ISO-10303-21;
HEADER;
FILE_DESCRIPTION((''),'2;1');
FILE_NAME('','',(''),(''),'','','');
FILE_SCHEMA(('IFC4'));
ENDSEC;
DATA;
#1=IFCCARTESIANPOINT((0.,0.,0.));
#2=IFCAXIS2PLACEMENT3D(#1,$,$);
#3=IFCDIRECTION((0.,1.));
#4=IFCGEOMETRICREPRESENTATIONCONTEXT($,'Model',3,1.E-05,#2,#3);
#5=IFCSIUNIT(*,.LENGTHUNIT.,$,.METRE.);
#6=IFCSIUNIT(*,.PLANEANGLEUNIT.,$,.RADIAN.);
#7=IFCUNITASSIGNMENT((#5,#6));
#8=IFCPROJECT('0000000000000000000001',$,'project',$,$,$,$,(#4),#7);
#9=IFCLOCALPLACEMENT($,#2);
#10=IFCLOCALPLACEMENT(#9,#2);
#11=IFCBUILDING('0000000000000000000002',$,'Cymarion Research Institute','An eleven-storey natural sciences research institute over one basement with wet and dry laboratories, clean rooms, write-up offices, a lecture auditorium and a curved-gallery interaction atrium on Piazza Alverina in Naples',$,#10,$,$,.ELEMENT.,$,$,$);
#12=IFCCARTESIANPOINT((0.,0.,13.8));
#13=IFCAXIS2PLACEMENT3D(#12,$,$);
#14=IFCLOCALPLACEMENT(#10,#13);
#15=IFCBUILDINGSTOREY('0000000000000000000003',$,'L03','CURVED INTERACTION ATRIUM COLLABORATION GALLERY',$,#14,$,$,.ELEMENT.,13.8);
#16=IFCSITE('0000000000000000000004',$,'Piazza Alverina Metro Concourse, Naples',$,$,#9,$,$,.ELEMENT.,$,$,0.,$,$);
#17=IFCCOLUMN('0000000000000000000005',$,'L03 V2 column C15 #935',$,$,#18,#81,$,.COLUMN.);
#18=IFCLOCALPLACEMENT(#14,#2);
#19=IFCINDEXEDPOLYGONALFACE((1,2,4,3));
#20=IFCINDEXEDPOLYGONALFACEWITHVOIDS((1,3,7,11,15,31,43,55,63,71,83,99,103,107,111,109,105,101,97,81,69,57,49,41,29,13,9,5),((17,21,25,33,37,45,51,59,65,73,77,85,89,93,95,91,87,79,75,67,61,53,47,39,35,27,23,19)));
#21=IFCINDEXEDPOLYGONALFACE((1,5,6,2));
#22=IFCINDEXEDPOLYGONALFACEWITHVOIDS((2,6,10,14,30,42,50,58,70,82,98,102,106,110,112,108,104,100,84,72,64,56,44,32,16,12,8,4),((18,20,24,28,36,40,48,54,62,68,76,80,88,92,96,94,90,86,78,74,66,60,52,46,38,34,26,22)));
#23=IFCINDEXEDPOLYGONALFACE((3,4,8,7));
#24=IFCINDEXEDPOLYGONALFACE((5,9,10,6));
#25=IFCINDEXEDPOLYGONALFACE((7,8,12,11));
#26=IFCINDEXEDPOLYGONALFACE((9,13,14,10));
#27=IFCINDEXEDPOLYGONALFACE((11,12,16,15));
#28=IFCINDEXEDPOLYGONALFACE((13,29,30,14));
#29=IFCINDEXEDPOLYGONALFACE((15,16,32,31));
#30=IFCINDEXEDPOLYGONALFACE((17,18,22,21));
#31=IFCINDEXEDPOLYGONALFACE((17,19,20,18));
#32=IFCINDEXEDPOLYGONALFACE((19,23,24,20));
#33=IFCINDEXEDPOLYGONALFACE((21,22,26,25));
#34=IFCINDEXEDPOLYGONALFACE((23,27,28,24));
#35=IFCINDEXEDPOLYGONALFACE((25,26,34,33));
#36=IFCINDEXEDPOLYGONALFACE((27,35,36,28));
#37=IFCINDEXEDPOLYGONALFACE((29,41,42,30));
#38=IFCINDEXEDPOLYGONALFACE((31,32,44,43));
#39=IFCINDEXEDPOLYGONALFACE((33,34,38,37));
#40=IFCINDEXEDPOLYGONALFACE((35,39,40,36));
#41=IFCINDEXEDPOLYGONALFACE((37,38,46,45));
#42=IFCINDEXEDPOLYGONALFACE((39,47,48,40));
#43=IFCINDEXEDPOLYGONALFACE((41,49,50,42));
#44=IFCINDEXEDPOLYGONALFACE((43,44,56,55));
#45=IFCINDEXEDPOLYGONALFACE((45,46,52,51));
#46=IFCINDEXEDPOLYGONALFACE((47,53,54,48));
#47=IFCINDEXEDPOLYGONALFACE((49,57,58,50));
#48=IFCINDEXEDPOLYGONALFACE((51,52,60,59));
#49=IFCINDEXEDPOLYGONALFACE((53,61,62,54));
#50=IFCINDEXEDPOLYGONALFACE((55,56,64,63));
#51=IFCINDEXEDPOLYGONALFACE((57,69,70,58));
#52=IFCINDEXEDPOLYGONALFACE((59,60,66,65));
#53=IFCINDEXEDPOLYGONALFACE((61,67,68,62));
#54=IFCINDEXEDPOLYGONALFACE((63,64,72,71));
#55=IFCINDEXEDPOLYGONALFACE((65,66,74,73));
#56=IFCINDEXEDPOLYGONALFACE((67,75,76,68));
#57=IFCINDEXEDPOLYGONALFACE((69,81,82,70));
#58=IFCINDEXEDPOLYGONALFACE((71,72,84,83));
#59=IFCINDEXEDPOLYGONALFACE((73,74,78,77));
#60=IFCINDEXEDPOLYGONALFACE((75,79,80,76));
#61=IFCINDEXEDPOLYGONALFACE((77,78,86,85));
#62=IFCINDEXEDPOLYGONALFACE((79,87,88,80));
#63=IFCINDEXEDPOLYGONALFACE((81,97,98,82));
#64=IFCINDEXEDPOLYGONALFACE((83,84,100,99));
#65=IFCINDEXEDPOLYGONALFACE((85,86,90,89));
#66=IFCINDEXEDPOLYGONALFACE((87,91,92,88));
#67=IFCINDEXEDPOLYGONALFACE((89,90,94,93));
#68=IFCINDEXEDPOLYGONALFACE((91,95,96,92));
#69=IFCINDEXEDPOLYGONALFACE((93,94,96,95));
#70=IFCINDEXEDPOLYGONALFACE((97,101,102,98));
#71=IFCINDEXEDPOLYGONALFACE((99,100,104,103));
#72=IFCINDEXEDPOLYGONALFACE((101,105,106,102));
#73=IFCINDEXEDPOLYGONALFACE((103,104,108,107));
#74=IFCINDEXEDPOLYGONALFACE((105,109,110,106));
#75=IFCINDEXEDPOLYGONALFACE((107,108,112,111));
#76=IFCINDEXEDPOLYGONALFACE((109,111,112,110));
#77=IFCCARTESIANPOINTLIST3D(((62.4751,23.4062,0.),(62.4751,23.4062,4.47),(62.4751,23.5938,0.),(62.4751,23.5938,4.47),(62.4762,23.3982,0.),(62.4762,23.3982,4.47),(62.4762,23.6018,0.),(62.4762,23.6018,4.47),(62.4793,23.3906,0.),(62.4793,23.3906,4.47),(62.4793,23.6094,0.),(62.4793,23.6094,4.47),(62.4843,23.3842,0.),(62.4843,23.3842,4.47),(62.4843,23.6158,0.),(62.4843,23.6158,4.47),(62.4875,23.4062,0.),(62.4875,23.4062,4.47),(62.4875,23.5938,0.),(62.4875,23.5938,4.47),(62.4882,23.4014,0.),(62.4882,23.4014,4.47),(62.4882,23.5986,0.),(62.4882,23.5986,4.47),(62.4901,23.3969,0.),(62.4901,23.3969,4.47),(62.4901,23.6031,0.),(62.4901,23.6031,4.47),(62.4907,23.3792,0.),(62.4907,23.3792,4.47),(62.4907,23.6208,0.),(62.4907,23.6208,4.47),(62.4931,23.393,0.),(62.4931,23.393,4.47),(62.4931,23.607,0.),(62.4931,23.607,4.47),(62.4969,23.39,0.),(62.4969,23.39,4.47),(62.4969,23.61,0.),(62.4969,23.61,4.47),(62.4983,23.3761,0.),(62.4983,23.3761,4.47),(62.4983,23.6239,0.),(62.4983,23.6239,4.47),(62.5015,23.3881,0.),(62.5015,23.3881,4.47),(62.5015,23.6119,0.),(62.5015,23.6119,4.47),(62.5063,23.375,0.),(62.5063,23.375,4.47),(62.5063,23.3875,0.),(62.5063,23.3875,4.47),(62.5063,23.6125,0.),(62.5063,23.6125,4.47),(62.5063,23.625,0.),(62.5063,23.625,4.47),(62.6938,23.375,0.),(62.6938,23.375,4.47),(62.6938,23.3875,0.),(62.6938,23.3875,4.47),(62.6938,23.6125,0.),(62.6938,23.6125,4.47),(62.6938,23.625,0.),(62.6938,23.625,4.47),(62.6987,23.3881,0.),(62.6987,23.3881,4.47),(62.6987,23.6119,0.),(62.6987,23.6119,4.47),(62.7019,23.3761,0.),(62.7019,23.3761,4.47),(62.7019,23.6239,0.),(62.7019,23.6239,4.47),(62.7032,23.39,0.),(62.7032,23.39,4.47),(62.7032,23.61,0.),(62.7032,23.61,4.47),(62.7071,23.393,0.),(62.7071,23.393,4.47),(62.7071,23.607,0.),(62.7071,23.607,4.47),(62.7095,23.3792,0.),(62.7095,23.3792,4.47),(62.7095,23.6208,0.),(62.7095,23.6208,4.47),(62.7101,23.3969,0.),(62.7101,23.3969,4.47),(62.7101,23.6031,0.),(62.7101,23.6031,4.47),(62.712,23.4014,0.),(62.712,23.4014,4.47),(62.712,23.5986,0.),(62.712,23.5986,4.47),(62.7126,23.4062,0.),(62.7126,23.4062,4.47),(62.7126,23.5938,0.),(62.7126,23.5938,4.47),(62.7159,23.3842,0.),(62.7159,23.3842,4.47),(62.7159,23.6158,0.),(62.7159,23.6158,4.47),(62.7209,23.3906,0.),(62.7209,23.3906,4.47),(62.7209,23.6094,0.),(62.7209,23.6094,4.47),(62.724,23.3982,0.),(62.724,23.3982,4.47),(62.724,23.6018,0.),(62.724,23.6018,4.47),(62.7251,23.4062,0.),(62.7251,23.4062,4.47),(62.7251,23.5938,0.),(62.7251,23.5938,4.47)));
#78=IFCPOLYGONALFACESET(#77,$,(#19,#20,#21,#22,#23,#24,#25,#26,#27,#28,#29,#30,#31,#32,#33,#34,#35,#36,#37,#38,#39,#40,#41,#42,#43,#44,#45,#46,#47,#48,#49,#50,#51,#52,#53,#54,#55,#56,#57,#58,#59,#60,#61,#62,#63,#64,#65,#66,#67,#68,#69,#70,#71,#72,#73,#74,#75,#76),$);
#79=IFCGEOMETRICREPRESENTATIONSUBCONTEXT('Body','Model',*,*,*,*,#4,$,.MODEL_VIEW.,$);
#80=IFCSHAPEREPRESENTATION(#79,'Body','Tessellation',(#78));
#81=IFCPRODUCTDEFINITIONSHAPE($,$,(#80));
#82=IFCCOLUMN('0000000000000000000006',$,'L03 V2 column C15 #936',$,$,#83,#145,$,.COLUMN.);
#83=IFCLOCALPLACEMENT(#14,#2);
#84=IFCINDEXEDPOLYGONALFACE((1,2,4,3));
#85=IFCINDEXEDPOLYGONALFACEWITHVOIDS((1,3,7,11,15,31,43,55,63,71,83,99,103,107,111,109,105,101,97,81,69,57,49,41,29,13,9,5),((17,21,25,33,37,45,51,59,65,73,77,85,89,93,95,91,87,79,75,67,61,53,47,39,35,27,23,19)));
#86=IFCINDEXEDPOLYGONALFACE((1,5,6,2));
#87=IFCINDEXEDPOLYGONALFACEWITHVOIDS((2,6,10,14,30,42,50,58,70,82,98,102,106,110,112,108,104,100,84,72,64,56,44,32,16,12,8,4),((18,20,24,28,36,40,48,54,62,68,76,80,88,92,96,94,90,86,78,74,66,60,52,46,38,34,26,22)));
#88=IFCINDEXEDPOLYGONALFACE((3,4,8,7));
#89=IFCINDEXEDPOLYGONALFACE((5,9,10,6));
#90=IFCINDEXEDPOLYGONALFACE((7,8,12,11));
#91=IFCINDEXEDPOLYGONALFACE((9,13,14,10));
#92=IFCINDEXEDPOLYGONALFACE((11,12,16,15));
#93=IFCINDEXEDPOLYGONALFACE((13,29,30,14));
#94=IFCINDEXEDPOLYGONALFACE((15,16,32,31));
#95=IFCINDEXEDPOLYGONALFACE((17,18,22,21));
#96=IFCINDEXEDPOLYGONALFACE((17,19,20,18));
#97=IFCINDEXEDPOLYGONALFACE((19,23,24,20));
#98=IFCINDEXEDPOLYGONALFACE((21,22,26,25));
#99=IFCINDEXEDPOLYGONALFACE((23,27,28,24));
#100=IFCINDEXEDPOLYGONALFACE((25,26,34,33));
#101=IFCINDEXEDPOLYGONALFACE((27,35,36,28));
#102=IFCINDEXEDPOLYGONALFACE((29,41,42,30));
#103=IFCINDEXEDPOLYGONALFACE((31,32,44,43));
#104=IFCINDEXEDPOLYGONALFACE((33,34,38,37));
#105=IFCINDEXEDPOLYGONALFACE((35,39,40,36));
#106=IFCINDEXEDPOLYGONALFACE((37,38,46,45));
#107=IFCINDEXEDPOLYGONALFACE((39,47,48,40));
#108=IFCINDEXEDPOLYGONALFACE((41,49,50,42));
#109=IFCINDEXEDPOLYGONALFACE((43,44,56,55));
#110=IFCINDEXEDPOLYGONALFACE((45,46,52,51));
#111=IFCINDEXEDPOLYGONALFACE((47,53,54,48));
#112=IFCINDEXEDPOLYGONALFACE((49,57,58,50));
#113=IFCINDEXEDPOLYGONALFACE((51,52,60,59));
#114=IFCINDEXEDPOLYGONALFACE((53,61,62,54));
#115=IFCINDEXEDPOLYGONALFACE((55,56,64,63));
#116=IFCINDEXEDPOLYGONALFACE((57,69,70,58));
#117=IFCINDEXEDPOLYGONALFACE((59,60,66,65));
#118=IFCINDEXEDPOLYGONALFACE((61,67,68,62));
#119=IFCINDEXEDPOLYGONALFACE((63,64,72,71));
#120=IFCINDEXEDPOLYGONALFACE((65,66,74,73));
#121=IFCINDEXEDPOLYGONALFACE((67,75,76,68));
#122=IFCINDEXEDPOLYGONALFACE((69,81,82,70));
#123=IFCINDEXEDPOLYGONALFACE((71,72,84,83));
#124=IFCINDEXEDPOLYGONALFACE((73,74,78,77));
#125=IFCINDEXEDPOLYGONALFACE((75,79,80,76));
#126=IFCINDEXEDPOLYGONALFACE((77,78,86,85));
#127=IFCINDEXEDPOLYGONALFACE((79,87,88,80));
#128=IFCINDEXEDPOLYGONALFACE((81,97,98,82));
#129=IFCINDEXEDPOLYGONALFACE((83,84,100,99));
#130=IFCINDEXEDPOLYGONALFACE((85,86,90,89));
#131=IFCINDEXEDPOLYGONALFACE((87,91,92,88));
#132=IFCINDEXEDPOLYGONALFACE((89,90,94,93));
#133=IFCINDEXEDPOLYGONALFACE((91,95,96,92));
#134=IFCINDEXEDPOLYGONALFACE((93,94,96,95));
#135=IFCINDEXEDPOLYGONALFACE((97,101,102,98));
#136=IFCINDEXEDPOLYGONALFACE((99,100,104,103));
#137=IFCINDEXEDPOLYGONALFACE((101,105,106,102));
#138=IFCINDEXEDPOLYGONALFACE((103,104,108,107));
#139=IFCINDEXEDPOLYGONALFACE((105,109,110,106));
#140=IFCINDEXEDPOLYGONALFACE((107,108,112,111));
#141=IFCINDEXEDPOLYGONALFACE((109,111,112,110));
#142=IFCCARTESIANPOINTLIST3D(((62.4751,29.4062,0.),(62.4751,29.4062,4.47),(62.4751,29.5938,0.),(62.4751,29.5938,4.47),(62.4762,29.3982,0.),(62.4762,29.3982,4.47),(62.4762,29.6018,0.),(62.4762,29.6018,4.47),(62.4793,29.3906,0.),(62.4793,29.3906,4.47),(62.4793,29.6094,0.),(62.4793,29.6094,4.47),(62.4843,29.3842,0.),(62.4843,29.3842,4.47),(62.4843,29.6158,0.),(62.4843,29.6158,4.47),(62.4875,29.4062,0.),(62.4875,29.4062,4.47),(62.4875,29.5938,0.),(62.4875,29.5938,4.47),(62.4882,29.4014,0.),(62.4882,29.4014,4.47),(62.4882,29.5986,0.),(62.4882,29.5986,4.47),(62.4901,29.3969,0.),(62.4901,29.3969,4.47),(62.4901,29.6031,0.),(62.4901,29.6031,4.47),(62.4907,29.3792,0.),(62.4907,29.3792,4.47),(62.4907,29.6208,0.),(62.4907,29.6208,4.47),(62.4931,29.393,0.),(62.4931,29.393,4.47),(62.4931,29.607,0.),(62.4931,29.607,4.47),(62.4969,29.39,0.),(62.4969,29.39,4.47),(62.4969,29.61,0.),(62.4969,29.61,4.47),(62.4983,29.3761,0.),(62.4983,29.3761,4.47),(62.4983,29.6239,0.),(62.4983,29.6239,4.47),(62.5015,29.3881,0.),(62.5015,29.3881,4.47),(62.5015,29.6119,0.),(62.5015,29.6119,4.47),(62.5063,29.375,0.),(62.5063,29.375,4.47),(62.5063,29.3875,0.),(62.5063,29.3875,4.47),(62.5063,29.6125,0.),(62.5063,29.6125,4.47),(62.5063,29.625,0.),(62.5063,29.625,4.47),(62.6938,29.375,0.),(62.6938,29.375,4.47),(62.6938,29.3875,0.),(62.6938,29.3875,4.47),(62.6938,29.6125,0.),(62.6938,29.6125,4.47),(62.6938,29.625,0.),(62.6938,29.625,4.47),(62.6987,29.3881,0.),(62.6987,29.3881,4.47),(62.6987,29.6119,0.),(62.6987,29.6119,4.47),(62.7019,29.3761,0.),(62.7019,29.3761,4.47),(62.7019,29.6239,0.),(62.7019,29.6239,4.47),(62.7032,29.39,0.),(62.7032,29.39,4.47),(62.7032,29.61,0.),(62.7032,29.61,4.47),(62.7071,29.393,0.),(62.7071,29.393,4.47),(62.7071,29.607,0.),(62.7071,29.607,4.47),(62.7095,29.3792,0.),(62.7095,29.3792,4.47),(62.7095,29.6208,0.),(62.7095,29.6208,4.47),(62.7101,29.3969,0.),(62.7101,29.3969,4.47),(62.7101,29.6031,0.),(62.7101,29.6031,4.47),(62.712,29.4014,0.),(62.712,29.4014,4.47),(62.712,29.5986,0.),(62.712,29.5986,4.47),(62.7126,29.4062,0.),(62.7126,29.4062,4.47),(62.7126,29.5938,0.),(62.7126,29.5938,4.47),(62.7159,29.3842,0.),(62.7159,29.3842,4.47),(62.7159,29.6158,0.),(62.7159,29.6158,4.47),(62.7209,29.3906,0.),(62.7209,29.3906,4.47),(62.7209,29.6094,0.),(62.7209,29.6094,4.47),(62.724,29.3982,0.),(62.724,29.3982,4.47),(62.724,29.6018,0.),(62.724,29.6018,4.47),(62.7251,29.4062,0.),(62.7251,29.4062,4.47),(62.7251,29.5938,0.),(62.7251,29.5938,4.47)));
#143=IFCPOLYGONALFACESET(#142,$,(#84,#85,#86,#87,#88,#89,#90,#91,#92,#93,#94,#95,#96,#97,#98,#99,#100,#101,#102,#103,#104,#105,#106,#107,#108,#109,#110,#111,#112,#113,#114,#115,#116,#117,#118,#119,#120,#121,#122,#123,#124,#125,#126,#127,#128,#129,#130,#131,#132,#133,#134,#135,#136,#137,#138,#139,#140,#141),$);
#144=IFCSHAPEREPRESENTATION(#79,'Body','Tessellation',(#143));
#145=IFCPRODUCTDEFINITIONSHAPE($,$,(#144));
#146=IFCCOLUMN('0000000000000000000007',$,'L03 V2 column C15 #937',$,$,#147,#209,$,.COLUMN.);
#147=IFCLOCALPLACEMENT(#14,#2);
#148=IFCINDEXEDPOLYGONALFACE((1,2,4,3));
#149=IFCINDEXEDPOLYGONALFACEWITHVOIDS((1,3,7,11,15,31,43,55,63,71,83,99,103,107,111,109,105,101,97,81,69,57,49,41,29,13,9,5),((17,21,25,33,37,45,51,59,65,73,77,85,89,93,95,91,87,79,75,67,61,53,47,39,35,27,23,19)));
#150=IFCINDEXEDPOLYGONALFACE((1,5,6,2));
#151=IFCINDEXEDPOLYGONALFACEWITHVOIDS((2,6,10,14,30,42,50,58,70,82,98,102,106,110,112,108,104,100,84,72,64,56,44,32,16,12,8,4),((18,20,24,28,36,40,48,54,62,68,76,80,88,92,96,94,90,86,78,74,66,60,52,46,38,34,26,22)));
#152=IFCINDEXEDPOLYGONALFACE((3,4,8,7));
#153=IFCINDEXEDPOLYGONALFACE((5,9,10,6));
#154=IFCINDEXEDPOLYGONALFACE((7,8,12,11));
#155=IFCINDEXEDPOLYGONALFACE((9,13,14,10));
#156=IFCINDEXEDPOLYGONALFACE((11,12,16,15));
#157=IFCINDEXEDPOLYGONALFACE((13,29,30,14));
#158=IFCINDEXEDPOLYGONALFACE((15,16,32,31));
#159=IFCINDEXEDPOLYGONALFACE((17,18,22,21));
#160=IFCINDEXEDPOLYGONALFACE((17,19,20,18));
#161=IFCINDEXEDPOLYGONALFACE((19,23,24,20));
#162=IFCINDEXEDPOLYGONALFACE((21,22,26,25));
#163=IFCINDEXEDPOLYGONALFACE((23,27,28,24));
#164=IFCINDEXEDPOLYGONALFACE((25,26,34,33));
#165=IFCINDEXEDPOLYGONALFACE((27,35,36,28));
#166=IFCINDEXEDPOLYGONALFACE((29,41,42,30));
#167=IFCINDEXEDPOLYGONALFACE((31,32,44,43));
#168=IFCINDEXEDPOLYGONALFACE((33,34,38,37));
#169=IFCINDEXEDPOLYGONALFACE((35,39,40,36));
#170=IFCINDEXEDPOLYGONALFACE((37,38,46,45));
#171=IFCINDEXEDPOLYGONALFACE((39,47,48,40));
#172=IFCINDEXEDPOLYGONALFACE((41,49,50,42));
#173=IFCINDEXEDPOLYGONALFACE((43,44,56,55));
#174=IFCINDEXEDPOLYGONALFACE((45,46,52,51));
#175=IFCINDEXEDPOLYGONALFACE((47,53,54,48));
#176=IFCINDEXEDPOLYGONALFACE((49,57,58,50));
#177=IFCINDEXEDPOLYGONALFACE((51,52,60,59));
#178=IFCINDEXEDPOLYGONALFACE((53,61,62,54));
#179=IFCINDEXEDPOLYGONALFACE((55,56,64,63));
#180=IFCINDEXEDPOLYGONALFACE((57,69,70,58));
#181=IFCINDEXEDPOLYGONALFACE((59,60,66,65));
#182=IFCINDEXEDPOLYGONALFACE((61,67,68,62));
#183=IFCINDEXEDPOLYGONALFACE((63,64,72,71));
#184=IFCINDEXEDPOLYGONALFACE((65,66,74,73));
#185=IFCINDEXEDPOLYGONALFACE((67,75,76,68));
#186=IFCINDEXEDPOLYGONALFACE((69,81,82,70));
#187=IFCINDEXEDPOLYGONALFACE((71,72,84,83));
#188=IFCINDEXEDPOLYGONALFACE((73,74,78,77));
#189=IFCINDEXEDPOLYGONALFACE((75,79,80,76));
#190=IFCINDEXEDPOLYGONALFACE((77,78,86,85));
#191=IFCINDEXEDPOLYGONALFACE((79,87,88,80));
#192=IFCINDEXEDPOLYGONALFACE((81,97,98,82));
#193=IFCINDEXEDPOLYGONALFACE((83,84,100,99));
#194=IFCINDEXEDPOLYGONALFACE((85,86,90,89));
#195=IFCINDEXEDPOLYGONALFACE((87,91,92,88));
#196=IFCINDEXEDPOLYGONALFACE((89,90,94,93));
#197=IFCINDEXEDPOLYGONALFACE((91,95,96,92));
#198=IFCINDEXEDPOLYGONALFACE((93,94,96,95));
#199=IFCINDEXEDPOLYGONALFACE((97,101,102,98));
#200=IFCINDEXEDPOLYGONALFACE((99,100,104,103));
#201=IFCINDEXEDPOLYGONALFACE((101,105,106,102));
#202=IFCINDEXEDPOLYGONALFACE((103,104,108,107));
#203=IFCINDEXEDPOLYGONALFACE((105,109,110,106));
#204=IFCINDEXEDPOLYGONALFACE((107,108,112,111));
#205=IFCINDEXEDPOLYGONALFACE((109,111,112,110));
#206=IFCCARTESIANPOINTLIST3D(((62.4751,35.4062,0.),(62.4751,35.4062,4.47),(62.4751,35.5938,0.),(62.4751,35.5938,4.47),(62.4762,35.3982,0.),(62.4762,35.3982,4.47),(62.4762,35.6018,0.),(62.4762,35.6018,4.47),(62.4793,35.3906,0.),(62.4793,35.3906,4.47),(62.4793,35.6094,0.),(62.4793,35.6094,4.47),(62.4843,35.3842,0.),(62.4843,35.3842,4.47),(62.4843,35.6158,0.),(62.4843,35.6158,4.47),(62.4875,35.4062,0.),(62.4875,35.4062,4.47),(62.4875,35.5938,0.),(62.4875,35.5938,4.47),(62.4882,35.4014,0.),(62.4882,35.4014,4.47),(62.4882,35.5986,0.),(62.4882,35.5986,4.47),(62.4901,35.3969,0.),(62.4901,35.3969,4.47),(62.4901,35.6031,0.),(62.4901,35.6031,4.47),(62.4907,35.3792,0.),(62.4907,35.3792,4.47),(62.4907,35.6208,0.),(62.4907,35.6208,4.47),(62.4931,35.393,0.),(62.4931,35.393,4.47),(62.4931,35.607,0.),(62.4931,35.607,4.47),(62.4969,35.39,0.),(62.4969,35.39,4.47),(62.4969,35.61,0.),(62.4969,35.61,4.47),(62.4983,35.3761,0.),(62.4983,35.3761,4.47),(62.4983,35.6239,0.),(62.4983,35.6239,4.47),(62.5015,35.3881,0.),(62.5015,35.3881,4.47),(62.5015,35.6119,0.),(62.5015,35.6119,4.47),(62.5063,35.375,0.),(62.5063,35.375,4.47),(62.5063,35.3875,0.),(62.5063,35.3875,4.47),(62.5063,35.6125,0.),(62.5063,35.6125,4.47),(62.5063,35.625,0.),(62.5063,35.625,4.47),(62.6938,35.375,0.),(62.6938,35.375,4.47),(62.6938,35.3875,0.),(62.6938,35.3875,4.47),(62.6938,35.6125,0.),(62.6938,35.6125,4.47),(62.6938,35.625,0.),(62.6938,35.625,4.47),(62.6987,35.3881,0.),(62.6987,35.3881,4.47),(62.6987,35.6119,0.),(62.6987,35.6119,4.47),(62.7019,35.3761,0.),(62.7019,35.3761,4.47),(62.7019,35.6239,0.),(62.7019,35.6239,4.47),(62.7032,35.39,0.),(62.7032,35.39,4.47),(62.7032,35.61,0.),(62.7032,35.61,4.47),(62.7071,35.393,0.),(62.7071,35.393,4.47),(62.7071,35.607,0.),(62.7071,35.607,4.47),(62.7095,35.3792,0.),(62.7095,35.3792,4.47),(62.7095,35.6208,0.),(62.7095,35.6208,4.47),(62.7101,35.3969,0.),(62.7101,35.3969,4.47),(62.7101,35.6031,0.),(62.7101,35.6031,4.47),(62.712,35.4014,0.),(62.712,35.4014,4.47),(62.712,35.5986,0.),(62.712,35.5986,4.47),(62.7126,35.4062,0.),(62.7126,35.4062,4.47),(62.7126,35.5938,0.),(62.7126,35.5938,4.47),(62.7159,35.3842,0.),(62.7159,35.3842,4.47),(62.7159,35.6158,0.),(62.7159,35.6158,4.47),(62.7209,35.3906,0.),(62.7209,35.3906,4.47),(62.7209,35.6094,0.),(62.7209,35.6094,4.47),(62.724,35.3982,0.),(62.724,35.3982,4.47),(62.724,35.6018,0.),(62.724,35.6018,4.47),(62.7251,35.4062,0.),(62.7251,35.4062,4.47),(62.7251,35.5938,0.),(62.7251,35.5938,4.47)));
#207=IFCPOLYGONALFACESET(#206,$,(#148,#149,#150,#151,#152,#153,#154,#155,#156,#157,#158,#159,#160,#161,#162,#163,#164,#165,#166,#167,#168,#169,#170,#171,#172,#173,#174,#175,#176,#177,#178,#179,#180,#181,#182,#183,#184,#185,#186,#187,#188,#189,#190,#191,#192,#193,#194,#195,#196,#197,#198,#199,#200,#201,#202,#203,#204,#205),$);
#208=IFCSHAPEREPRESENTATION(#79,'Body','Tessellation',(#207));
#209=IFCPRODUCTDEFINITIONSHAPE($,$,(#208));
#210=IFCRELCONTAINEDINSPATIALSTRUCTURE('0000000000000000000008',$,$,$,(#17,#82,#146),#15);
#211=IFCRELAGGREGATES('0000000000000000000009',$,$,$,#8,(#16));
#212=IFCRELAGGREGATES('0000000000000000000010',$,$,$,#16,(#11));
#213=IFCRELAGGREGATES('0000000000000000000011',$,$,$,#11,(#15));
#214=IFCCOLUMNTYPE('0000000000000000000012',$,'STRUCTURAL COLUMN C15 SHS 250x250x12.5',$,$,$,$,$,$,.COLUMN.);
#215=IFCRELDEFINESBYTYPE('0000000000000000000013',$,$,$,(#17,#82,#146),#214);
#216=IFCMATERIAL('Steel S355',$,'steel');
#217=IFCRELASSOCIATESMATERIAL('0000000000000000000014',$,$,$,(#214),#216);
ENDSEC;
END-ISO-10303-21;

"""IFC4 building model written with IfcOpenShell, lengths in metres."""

from ifc_helpers import new_model, si_unit, direction, frame, origin, origin_2d, place, context, subcontext, project, spatial, hollow_rectangle, extrude, material, material_profile, profile_set, type_object, element, save


model = new_model("IFC4")

# Units and contexts
model_context = context("Model", 3, precision=1e-05, world=origin(), true_north=direction((0.0, 1.0)))
body_context = subcontext(model_context, "Body", "Model", "MODEL_VIEW")
ifc_project = project(units=[si_unit("LENGTHUNIT", "METRE"), si_unit("PLANEANGLEUNIT", "RADIAN")], contexts=[model_context])

# Site, building, storey
site_placement = place(None, origin())
site = spatial("IfcSite", under=ifc_project, at=site_placement, Name="Piazza Alverina Metro Concourse, Naples", CompositionType="ELEMENT", RefElevation=0.0)
building_placement = place(site_placement, origin())
building = spatial("IfcBuilding", under=site, at=building_placement, Name="Cymarion Research Institute", Description="An eleven-storey natural sciences research institute over one basement with wet and dry laboratories, clean rooms, write-up offices, a lecture auditorium and a curved-gallery interaction atrium on Piazza Alverina in Naples", CompositionType="ELEMENT")
storey_placement = place(building_placement, frame((0.0, 0.0, 13.8)))
storey = spatial("IfcBuildingStorey", under=building, at=storey_placement, Name="L03", Description="CURVED INTERACTION ATRIUM COLLABORATION GALLERY", CompositionType="ELEMENT", Elevation=13.8)

# Columns
ifc_material = material(Name="Steel S355", Category="steel")
ifc_material_profile_1 = material_profile(ifc_material, hollow_rectangle(XDim=0.25, YDim=0.25, WallThickness=0.0125, InnerFilletRadius=0.0188, OuterFilletRadius=0.0312, at=origin_2d()), Name="SHS 250x250x12.5")
ifc_profile_set_1 = profile_set([ifc_material_profile_1], Name="Steel S355")
column_type = type_object("IfcColumnType", Name="STRUCTURAL COLUMN C15 SHS 250x250x12.5", PredefinedType="COLUMN", material=ifc_profile_set_1)
for number, where, z_axis, x_axis, name in (
    (1, (62.6001, 23.5, 0.0), (0.0, 0.0, 1.0), (1.0, 0.0, 0.0), "L03 V2 column C15 #935"),
    (2, (62.6001, 29.5, 0.0), (0.0, 0.0, 1.0), (1.0, 0.0, 0.0), "L03 V2 column C15 #936"),
    (3, (62.6001, 35.5, 0.0), (0.0, 0.0, 1.0), (1.0, 0.0, 0.0), "L03 V2 column C15 #937"),
):
    element("IfcColumn", number, at=place(storey_placement, frame(where, z_axis=z_axis, x_axis=x_axis)), inside=storey, type_object=column_type, Name=name, PredefinedType="COLUMN", context=body_context, shape_type="SweptSolid", body=[
        extrude(hollow_rectangle(XDim=0.25, YDim=0.25, WallThickness=0.0125, InnerFilletRadius=0.0188, OuterFilletRadius=0.0312, at=origin_2d()), origin(), (0.0, 0.0, 1.0), 4.47),
    ])

save(model, "model.ifc")
